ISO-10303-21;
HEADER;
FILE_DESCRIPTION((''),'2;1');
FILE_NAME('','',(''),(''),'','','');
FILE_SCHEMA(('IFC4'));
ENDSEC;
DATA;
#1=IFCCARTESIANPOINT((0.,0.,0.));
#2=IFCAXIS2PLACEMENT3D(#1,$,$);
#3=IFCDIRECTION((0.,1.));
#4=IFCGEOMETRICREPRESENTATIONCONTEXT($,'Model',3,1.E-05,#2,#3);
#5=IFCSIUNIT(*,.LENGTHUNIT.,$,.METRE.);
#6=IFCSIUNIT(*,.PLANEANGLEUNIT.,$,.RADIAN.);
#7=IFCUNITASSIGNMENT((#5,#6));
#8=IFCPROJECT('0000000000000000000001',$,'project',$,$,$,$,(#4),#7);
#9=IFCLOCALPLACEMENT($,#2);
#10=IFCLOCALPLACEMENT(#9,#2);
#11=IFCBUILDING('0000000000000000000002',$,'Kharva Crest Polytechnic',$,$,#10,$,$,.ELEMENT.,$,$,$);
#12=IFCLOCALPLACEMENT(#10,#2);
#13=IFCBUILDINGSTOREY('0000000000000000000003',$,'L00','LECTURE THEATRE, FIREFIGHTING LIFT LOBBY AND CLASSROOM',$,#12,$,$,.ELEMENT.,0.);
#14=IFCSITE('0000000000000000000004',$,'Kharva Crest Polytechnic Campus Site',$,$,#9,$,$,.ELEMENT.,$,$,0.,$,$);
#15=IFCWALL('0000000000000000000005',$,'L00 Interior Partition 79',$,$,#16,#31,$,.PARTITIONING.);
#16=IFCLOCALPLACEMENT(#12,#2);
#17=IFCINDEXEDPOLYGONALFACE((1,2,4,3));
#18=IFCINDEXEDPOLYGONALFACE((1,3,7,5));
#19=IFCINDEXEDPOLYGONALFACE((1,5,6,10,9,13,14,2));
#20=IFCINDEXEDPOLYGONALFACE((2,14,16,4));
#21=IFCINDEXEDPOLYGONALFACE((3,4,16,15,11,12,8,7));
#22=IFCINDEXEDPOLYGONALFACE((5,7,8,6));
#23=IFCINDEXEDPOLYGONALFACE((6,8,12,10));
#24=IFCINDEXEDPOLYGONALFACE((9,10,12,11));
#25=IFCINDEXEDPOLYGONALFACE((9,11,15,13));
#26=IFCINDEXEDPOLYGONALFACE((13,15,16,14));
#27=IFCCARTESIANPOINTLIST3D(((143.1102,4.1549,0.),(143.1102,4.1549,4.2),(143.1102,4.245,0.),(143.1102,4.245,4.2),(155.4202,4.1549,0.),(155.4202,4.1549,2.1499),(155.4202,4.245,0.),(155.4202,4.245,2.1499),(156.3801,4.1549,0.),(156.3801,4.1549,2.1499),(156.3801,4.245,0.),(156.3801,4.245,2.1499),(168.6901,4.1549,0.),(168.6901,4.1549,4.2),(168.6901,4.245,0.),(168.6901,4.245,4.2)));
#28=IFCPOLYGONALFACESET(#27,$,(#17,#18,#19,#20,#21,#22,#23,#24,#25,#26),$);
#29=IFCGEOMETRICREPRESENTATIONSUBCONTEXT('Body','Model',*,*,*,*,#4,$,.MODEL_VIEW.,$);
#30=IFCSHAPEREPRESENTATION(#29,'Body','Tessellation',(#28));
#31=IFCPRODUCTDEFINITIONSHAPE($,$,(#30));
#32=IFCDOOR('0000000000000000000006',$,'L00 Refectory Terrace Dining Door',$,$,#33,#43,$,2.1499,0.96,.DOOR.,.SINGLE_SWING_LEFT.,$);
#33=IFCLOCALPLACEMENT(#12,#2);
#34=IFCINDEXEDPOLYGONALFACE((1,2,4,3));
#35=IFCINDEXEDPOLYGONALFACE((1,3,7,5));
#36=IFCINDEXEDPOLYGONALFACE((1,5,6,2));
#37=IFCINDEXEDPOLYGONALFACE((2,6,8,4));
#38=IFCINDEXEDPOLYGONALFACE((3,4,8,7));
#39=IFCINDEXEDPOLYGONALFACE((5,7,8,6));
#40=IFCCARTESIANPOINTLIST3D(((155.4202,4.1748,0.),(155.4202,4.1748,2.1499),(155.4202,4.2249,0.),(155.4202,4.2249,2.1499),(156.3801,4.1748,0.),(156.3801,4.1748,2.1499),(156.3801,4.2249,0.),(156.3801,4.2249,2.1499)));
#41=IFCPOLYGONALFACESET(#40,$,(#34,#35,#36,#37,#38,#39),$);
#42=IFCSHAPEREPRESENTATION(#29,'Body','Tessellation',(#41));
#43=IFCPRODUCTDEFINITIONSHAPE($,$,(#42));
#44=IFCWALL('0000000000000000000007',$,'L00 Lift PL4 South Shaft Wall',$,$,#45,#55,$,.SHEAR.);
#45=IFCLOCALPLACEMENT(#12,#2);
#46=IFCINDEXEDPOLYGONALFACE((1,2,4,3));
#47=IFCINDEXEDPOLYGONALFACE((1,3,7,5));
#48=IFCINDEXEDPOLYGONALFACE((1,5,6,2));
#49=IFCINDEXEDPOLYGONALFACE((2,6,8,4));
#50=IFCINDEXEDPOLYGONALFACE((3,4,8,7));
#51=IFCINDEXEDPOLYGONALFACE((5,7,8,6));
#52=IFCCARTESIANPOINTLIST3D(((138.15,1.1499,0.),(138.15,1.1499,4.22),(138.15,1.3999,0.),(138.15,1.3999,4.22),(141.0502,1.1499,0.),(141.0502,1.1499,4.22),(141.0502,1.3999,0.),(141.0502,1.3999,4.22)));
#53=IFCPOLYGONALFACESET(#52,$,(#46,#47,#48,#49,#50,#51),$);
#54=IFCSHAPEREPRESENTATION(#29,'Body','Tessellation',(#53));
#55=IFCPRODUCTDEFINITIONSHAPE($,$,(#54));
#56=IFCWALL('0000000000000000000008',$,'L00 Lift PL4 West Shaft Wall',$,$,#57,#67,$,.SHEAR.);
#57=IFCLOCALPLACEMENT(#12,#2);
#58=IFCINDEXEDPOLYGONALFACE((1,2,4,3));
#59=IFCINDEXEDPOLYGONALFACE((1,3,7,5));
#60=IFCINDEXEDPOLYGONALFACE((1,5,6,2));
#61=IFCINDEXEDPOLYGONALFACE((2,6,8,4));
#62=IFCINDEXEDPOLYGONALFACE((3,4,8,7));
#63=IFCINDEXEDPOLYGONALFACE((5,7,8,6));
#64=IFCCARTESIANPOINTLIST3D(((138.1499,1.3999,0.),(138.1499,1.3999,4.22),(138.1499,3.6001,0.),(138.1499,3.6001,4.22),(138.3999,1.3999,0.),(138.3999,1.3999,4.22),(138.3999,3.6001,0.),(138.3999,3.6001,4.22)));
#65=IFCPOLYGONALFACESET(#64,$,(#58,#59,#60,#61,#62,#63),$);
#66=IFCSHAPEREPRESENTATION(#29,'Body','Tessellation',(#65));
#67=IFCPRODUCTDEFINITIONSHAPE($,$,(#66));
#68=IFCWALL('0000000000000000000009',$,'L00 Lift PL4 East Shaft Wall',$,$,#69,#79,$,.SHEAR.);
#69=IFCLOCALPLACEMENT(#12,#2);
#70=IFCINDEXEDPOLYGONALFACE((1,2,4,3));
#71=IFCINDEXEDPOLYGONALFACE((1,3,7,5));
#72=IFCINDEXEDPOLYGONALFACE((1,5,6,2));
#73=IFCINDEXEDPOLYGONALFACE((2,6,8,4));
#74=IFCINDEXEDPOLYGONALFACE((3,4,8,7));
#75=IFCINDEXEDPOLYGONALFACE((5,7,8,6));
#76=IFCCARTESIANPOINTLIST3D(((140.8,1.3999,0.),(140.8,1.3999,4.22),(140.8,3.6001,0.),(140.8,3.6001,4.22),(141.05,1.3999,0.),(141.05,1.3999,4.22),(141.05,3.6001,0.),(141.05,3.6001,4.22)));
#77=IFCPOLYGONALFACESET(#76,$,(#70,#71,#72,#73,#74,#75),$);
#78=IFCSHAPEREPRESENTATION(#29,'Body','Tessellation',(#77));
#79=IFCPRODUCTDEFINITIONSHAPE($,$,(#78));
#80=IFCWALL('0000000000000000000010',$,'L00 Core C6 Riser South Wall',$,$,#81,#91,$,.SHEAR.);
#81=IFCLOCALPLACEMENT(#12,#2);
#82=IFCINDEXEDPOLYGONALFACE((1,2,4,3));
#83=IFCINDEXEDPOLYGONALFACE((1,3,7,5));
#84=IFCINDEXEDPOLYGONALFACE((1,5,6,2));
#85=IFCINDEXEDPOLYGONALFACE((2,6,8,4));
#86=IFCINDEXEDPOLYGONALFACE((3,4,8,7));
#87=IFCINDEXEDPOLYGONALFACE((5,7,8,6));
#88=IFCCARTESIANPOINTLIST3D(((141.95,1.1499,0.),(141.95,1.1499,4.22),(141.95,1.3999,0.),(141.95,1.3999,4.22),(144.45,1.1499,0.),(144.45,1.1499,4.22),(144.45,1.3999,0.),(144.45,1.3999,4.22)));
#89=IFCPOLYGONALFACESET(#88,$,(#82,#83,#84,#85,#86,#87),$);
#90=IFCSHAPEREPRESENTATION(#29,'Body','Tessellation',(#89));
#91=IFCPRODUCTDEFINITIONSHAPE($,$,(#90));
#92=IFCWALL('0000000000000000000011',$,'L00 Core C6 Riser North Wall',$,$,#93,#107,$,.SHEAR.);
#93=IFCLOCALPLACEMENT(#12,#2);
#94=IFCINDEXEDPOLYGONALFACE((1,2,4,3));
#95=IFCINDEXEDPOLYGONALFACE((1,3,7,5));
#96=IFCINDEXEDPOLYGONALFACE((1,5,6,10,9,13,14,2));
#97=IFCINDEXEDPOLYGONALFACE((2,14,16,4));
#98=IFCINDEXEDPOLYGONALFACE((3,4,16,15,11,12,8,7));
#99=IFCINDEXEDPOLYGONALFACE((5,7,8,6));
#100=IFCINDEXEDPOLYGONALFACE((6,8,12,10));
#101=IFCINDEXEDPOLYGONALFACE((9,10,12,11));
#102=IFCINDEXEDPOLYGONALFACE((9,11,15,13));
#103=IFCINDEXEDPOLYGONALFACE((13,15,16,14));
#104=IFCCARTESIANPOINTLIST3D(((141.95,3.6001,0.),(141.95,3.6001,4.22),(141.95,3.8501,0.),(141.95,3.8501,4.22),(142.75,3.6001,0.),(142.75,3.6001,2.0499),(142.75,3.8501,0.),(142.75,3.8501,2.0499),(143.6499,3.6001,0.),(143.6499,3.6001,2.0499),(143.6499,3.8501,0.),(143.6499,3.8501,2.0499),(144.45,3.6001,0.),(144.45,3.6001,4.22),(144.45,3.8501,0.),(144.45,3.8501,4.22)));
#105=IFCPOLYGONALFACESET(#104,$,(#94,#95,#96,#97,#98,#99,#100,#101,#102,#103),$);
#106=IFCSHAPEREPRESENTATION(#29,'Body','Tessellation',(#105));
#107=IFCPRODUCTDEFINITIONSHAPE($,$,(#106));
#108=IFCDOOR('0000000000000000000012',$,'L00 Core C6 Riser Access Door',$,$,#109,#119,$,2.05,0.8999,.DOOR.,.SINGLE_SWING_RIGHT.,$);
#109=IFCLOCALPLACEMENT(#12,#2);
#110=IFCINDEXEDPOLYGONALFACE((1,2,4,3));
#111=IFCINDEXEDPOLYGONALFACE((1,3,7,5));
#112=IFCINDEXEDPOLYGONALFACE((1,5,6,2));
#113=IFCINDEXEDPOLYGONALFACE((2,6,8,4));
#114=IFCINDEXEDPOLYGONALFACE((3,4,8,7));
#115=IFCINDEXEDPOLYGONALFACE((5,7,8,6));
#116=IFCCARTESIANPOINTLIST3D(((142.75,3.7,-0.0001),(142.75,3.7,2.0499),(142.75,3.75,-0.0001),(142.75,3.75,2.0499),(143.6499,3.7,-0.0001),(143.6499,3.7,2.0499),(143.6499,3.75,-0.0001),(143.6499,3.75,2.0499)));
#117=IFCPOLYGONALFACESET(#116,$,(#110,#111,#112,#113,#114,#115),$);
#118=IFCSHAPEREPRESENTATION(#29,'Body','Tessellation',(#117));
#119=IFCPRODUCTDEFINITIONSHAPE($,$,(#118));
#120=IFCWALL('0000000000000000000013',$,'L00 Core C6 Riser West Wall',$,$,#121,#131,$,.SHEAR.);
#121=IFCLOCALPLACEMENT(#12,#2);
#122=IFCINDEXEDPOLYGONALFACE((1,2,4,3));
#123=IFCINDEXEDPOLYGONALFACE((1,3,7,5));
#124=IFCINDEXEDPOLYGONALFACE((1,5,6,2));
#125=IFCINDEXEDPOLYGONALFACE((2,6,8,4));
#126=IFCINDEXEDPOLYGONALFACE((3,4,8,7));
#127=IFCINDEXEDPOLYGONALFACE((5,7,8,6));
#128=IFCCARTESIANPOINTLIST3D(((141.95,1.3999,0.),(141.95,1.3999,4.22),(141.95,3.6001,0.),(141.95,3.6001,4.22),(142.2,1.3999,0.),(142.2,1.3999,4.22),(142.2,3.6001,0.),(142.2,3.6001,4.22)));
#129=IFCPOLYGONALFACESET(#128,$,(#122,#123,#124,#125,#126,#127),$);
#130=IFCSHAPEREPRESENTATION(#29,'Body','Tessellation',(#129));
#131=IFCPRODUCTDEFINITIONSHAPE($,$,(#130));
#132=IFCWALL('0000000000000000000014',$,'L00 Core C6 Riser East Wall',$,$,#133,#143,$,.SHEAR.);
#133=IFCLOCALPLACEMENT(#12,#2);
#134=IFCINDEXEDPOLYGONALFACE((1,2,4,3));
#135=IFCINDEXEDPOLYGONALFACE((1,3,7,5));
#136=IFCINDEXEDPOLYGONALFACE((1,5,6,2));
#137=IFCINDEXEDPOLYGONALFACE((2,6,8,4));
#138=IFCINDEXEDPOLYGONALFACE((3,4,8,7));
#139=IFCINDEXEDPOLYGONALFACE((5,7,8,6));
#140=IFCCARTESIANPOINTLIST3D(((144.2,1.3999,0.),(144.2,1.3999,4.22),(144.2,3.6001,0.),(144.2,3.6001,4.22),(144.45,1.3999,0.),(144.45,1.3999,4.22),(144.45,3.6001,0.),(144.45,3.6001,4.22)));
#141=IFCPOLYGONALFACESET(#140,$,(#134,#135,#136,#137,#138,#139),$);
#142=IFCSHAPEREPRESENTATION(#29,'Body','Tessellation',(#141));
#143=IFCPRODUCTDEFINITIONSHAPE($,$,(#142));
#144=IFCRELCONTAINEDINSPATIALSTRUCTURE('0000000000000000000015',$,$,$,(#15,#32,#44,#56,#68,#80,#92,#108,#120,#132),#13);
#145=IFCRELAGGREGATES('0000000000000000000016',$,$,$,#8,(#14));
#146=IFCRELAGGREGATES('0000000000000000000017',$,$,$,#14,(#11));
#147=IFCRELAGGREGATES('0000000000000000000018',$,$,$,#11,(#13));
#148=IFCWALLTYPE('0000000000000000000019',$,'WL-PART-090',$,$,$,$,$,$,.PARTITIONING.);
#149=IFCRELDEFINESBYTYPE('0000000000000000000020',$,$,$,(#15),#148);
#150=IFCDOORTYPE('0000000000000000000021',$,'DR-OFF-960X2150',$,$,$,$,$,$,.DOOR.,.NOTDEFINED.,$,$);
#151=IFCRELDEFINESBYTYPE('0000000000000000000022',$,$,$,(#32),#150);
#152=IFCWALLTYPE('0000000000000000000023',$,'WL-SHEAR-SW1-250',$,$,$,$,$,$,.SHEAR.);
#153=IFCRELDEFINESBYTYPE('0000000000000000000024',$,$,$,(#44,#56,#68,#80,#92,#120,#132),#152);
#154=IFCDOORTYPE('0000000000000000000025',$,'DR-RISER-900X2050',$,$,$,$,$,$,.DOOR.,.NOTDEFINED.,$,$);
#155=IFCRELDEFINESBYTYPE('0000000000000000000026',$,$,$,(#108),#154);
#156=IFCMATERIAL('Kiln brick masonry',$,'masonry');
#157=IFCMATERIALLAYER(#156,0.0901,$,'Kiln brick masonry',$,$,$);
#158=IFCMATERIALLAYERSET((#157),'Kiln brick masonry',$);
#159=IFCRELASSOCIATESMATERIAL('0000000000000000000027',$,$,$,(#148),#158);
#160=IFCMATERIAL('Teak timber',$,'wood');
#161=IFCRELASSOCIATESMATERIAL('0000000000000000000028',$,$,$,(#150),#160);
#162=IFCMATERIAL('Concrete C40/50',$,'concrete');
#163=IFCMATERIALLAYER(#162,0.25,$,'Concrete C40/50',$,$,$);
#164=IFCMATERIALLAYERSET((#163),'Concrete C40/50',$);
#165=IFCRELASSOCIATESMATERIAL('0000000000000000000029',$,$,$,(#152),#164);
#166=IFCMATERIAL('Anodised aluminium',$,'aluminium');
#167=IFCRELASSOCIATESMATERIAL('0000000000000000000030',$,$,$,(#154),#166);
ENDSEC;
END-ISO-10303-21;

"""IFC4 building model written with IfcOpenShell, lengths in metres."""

from ifc_helpers import new_model, si_unit, direction, frame, frame_2d, origin, place, context, subcontext, project, spatial, rectangle, extrude, material, layer, layer_set, type_object, element, fill, save


model = new_model("IFC4")

# Units and contexts
model_context = context("Model", 3, precision=1e-05, world=origin(), true_north=direction((0.0, 1.0)))
body_context = subcontext(model_context, "Body", "Model", "MODEL_VIEW")
ifc_project = project(units=[si_unit("LENGTHUNIT", "METRE"), si_unit("PLANEANGLEUNIT", "RADIAN")], contexts=[model_context])

# Site, building, storey
site_placement = place(None, origin())
site = spatial("IfcSite", under=ifc_project, at=site_placement, Name="Kharva Crest Polytechnic Campus Site", CompositionType="ELEMENT", RefElevation=0.0)
building_placement = place(site_placement, origin())
building = spatial("IfcBuilding", under=site, at=building_placement, Name="Kharva Crest Polytechnic", CompositionType="ELEMENT")
storey_placement = place(building_placement, origin())
storey = spatial("IfcBuildingStorey", under=building, at=storey_placement, Name="L00", Description="LECTURE THEATRE, FIREFIGHTING LIFT LOBBY AND CLASSROOM", CompositionType="ELEMENT", Elevation=0.0)

# Shared definitions
ifc_material_1 = material(Name="Concrete C40/50", Category="concrete")

# Shared definitions
ifc_material_2 = material(Name="Kiln brick masonry", Category="masonry")
ifc_material_3 = material(Name="Anodised aluminium", Category="aluminium")

# Wall, opening, door
ifc_layer_1 = layer(ifc_material_2, 0.0901, Name="Kiln brick masonry")
ifc_layer_set_1 = layer_set([ifc_layer_1], Name="Kiln brick masonry")
wall_type_1 = type_object("IfcWallType", Name="WL-PART-090", PredefinedType="PARTITIONING", material=ifc_layer_set_1)
wall_1_placement = place(storey_placement, frame((143.1101, 4.2, 0.0), z_axis=(0.0, 0.0, 1.0), x_axis=(1.0, 0.0, 0.0)))
wall_1 = element("IfcWall", 1, at=wall_1_placement, inside=storey, type_object=wall_type_1, Name="L00 Interior Partition 79", PredefinedType="PARTITIONING", context=body_context, shape_type="SweptSolid", body=[
    extrude(rectangle(XDim=25.5798, YDim=0.0901, at=frame_2d((12.79, 0.0))), origin(), (0.0, 0.0, 1.0), 4.2),
])
opening_1_placement = place(wall_1_placement, frame((12.3101, 0.0, 0.0)))
opening_1 = element("IfcOpeningElement", 2, at=opening_1_placement, cuts=wall_1, PredefinedType="OPENING", context=body_context, shape_type="SweptSolid", body=[
    extrude(rectangle(XDim=0.96, YDim=2.1499, at=frame_2d((0.48, 1.075))), frame((0.0, 0.0549, 0.0), z_axis=(0.0, -1.0, 0.0), x_axis=(1.0, 0.0, 0.0)), (0.0, 0.0, 1.0), 0.1101),
])
ifc_material_4 = material(Name="Teak timber", Category="wood")
door_type_1 = type_object("IfcDoorType", Name="DR-OFF-960X2150", OperationType="NOTDEFINED", PredefinedType="DOOR", material=ifc_material_4)
door_1_placement = place(opening_1_placement, origin())
door_1 = element("IfcDoor", 3, at=door_1_placement, inside=storey, type_object=door_type_1, Name="L00 Refectory Terrace Dining Door", OperationType="SINGLE_SWING_LEFT", OverallHeight=2.1499, OverallWidth=0.96, PredefinedType="DOOR", context=body_context, shape_type="SweptSolid", body=[
    extrude(rectangle(XDim=0.96, YDim=2.1499, at=frame_2d((0.48, 1.075))), frame((0.0, 0.0249, 0.0), z_axis=(0.0, -1.0, 0.0), x_axis=(1.0, 0.0, 0.0)), (0.0, 0.0, 1.0), 0.05),
])
fill(opening_1, door_1)

# Wall
ifc_layer_2 = layer(ifc_material_1, 0.25, Name="Concrete C40/50")
ifc_layer_set_2 = layer_set([ifc_layer_2], Name="Concrete C40/50")
wall_type_2 = type_object("IfcWallType", Name="WL-SHEAR-SW1-250", PredefinedType="SHEAR", material=ifc_layer_set_2)
wall_2_placement = place(storey_placement, frame((138.1499, 1.2749, 0.0), z_axis=(0.0, 0.0, 1.0), x_axis=(1.0, 0.0, 0.0)))
element("IfcWall", 4, at=wall_2_placement, inside=storey, type_object=wall_type_2, Name="L00 Lift PL4 South Shaft Wall", PredefinedType="SHEAR", context=body_context, shape_type="SweptSolid", body=[
    extrude(rectangle(XDim=2.9001, YDim=0.25, at=frame_2d((1.4502, 0.0))), origin(), (0.0, 0.0, 1.0), 4.22),
])

# Walls
for number, where, z_axis, x_axis, name in (
    (5, (138.2749, 1.3999, 0.0), (0.0, 0.0, 1.0), (0.0, 1.0, 0.0), "L00 Lift PL4 West Shaft Wall"),
    (6, (140.925, 1.3999, 0.0), (0.0, 0.0, 1.0), (0.0, 1.0, 0.0), "L00 Lift PL4 East Shaft Wall"),
):
    element("IfcWall", number, at=place(storey_placement, frame(where, z_axis=z_axis, x_axis=x_axis)), inside=storey, type_object=wall_type_2, Name=name, PredefinedType="SHEAR", context=body_context, shape_type="SweptSolid", body=[
        extrude(rectangle(XDim=2.2002, YDim=0.25, at=frame_2d((1.1001, 0.0))), origin(), (0.0, 0.0, 1.0), 4.22),
    ])
wall_3_placement = place(storey_placement, frame((141.95, 1.2749, 0.0), z_axis=(0.0, 0.0, 1.0), x_axis=(1.0, 0.0, 0.0)))
element("IfcWall", 7, at=wall_3_placement, inside=storey, type_object=wall_type_2, Name="L00 Core C6 Riser South Wall", PredefinedType="SHEAR", context=body_context, shape_type="SweptSolid", body=[
    extrude(rectangle(XDim=2.5, YDim=0.25, at=frame_2d((1.25, 0.0))), origin(), (0.0, 0.0, 1.0), 4.22),
])

# Wall, opening, door
wall_4_placement = place(storey_placement, frame((141.95, 3.7251, 0.0), z_axis=(0.0, 0.0, 1.0), x_axis=(1.0, 0.0, 0.0)))
wall_4 = element("IfcWall", 8, at=wall_4_placement, inside=storey, type_object=wall_type_2, Name="L00 Core C6 Riser North Wall", PredefinedType="SHEAR", context=body_context, shape_type="SweptSolid", body=[
    extrude(rectangle(XDim=2.5, YDim=0.25, at=frame_2d((1.25, 0.0))), origin(), (0.0, 0.0, 1.0), 4.22),
])
opening_2_placement = place(wall_4_placement, frame((0.8, 0.0, 0.0)))
opening_2 = element("IfcOpeningElement", 9, at=opening_2_placement, cuts=wall_4, PredefinedType="OPENING", context=body_context, shape_type="SweptSolid", body=[
    extrude(rectangle(XDim=0.8999, YDim=2.05, at=frame_2d((0.45, 1.0249))), frame((0.0, 0.135, 0.0), z_axis=(0.0, -1.0, 0.0), x_axis=(1.0, 0.0, 0.0)), (0.0, 0.0, 1.0), 0.27),
])
door_type_2 = type_object("IfcDoorType", Name="DR-RISER-900X2050", OperationType="NOTDEFINED", PredefinedType="DOOR", material=ifc_material_3)
door_2_placement = place(opening_2_placement, origin())
door_2 = element("IfcDoor", 10, at=door_2_placement, inside=storey, type_object=door_type_2, Name="L00 Core C6 Riser Access Door", OperationType="SINGLE_SWING_RIGHT", OverallHeight=2.05, OverallWidth=0.8999, PredefinedType="DOOR", context=body_context, shape_type="SweptSolid", body=[
    extrude(rectangle(XDim=0.8999, YDim=2.05, at=frame_2d((0.45, 1.0249))), frame((0.0, 0.0249, 0.0), z_axis=(0.0, -1.0, 0.0), x_axis=(1.0, 0.0, 0.0)), (0.0, 0.0, 1.0), 0.05),
])
fill(opening_2, door_2)

# Walls
for number, where, z_axis, x_axis, name in (
    (11, (142.075, 1.3999, 0.0), (0.0, 0.0, 1.0), (0.0, 1.0, 0.0), "L00 Core C6 Riser West Wall"),
    (12, (144.325, 1.3999, 0.0), (0.0, 0.0, 1.0), (0.0, 1.0, 0.0), "L00 Core C6 Riser East Wall"),
):
    element("IfcWall", number, at=place(storey_placement, frame(where, z_axis=z_axis, x_axis=x_axis)), inside=storey, type_object=wall_type_2, Name=name, PredefinedType="SHEAR", context=body_context, shape_type="SweptSolid", body=[
        extrude(rectangle(XDim=2.2002, YDim=0.25, at=frame_2d((1.1001, 0.0))), origin(), (0.0, 0.0, 1.0), 4.22),
    ])

save(model, "model.ifc")
